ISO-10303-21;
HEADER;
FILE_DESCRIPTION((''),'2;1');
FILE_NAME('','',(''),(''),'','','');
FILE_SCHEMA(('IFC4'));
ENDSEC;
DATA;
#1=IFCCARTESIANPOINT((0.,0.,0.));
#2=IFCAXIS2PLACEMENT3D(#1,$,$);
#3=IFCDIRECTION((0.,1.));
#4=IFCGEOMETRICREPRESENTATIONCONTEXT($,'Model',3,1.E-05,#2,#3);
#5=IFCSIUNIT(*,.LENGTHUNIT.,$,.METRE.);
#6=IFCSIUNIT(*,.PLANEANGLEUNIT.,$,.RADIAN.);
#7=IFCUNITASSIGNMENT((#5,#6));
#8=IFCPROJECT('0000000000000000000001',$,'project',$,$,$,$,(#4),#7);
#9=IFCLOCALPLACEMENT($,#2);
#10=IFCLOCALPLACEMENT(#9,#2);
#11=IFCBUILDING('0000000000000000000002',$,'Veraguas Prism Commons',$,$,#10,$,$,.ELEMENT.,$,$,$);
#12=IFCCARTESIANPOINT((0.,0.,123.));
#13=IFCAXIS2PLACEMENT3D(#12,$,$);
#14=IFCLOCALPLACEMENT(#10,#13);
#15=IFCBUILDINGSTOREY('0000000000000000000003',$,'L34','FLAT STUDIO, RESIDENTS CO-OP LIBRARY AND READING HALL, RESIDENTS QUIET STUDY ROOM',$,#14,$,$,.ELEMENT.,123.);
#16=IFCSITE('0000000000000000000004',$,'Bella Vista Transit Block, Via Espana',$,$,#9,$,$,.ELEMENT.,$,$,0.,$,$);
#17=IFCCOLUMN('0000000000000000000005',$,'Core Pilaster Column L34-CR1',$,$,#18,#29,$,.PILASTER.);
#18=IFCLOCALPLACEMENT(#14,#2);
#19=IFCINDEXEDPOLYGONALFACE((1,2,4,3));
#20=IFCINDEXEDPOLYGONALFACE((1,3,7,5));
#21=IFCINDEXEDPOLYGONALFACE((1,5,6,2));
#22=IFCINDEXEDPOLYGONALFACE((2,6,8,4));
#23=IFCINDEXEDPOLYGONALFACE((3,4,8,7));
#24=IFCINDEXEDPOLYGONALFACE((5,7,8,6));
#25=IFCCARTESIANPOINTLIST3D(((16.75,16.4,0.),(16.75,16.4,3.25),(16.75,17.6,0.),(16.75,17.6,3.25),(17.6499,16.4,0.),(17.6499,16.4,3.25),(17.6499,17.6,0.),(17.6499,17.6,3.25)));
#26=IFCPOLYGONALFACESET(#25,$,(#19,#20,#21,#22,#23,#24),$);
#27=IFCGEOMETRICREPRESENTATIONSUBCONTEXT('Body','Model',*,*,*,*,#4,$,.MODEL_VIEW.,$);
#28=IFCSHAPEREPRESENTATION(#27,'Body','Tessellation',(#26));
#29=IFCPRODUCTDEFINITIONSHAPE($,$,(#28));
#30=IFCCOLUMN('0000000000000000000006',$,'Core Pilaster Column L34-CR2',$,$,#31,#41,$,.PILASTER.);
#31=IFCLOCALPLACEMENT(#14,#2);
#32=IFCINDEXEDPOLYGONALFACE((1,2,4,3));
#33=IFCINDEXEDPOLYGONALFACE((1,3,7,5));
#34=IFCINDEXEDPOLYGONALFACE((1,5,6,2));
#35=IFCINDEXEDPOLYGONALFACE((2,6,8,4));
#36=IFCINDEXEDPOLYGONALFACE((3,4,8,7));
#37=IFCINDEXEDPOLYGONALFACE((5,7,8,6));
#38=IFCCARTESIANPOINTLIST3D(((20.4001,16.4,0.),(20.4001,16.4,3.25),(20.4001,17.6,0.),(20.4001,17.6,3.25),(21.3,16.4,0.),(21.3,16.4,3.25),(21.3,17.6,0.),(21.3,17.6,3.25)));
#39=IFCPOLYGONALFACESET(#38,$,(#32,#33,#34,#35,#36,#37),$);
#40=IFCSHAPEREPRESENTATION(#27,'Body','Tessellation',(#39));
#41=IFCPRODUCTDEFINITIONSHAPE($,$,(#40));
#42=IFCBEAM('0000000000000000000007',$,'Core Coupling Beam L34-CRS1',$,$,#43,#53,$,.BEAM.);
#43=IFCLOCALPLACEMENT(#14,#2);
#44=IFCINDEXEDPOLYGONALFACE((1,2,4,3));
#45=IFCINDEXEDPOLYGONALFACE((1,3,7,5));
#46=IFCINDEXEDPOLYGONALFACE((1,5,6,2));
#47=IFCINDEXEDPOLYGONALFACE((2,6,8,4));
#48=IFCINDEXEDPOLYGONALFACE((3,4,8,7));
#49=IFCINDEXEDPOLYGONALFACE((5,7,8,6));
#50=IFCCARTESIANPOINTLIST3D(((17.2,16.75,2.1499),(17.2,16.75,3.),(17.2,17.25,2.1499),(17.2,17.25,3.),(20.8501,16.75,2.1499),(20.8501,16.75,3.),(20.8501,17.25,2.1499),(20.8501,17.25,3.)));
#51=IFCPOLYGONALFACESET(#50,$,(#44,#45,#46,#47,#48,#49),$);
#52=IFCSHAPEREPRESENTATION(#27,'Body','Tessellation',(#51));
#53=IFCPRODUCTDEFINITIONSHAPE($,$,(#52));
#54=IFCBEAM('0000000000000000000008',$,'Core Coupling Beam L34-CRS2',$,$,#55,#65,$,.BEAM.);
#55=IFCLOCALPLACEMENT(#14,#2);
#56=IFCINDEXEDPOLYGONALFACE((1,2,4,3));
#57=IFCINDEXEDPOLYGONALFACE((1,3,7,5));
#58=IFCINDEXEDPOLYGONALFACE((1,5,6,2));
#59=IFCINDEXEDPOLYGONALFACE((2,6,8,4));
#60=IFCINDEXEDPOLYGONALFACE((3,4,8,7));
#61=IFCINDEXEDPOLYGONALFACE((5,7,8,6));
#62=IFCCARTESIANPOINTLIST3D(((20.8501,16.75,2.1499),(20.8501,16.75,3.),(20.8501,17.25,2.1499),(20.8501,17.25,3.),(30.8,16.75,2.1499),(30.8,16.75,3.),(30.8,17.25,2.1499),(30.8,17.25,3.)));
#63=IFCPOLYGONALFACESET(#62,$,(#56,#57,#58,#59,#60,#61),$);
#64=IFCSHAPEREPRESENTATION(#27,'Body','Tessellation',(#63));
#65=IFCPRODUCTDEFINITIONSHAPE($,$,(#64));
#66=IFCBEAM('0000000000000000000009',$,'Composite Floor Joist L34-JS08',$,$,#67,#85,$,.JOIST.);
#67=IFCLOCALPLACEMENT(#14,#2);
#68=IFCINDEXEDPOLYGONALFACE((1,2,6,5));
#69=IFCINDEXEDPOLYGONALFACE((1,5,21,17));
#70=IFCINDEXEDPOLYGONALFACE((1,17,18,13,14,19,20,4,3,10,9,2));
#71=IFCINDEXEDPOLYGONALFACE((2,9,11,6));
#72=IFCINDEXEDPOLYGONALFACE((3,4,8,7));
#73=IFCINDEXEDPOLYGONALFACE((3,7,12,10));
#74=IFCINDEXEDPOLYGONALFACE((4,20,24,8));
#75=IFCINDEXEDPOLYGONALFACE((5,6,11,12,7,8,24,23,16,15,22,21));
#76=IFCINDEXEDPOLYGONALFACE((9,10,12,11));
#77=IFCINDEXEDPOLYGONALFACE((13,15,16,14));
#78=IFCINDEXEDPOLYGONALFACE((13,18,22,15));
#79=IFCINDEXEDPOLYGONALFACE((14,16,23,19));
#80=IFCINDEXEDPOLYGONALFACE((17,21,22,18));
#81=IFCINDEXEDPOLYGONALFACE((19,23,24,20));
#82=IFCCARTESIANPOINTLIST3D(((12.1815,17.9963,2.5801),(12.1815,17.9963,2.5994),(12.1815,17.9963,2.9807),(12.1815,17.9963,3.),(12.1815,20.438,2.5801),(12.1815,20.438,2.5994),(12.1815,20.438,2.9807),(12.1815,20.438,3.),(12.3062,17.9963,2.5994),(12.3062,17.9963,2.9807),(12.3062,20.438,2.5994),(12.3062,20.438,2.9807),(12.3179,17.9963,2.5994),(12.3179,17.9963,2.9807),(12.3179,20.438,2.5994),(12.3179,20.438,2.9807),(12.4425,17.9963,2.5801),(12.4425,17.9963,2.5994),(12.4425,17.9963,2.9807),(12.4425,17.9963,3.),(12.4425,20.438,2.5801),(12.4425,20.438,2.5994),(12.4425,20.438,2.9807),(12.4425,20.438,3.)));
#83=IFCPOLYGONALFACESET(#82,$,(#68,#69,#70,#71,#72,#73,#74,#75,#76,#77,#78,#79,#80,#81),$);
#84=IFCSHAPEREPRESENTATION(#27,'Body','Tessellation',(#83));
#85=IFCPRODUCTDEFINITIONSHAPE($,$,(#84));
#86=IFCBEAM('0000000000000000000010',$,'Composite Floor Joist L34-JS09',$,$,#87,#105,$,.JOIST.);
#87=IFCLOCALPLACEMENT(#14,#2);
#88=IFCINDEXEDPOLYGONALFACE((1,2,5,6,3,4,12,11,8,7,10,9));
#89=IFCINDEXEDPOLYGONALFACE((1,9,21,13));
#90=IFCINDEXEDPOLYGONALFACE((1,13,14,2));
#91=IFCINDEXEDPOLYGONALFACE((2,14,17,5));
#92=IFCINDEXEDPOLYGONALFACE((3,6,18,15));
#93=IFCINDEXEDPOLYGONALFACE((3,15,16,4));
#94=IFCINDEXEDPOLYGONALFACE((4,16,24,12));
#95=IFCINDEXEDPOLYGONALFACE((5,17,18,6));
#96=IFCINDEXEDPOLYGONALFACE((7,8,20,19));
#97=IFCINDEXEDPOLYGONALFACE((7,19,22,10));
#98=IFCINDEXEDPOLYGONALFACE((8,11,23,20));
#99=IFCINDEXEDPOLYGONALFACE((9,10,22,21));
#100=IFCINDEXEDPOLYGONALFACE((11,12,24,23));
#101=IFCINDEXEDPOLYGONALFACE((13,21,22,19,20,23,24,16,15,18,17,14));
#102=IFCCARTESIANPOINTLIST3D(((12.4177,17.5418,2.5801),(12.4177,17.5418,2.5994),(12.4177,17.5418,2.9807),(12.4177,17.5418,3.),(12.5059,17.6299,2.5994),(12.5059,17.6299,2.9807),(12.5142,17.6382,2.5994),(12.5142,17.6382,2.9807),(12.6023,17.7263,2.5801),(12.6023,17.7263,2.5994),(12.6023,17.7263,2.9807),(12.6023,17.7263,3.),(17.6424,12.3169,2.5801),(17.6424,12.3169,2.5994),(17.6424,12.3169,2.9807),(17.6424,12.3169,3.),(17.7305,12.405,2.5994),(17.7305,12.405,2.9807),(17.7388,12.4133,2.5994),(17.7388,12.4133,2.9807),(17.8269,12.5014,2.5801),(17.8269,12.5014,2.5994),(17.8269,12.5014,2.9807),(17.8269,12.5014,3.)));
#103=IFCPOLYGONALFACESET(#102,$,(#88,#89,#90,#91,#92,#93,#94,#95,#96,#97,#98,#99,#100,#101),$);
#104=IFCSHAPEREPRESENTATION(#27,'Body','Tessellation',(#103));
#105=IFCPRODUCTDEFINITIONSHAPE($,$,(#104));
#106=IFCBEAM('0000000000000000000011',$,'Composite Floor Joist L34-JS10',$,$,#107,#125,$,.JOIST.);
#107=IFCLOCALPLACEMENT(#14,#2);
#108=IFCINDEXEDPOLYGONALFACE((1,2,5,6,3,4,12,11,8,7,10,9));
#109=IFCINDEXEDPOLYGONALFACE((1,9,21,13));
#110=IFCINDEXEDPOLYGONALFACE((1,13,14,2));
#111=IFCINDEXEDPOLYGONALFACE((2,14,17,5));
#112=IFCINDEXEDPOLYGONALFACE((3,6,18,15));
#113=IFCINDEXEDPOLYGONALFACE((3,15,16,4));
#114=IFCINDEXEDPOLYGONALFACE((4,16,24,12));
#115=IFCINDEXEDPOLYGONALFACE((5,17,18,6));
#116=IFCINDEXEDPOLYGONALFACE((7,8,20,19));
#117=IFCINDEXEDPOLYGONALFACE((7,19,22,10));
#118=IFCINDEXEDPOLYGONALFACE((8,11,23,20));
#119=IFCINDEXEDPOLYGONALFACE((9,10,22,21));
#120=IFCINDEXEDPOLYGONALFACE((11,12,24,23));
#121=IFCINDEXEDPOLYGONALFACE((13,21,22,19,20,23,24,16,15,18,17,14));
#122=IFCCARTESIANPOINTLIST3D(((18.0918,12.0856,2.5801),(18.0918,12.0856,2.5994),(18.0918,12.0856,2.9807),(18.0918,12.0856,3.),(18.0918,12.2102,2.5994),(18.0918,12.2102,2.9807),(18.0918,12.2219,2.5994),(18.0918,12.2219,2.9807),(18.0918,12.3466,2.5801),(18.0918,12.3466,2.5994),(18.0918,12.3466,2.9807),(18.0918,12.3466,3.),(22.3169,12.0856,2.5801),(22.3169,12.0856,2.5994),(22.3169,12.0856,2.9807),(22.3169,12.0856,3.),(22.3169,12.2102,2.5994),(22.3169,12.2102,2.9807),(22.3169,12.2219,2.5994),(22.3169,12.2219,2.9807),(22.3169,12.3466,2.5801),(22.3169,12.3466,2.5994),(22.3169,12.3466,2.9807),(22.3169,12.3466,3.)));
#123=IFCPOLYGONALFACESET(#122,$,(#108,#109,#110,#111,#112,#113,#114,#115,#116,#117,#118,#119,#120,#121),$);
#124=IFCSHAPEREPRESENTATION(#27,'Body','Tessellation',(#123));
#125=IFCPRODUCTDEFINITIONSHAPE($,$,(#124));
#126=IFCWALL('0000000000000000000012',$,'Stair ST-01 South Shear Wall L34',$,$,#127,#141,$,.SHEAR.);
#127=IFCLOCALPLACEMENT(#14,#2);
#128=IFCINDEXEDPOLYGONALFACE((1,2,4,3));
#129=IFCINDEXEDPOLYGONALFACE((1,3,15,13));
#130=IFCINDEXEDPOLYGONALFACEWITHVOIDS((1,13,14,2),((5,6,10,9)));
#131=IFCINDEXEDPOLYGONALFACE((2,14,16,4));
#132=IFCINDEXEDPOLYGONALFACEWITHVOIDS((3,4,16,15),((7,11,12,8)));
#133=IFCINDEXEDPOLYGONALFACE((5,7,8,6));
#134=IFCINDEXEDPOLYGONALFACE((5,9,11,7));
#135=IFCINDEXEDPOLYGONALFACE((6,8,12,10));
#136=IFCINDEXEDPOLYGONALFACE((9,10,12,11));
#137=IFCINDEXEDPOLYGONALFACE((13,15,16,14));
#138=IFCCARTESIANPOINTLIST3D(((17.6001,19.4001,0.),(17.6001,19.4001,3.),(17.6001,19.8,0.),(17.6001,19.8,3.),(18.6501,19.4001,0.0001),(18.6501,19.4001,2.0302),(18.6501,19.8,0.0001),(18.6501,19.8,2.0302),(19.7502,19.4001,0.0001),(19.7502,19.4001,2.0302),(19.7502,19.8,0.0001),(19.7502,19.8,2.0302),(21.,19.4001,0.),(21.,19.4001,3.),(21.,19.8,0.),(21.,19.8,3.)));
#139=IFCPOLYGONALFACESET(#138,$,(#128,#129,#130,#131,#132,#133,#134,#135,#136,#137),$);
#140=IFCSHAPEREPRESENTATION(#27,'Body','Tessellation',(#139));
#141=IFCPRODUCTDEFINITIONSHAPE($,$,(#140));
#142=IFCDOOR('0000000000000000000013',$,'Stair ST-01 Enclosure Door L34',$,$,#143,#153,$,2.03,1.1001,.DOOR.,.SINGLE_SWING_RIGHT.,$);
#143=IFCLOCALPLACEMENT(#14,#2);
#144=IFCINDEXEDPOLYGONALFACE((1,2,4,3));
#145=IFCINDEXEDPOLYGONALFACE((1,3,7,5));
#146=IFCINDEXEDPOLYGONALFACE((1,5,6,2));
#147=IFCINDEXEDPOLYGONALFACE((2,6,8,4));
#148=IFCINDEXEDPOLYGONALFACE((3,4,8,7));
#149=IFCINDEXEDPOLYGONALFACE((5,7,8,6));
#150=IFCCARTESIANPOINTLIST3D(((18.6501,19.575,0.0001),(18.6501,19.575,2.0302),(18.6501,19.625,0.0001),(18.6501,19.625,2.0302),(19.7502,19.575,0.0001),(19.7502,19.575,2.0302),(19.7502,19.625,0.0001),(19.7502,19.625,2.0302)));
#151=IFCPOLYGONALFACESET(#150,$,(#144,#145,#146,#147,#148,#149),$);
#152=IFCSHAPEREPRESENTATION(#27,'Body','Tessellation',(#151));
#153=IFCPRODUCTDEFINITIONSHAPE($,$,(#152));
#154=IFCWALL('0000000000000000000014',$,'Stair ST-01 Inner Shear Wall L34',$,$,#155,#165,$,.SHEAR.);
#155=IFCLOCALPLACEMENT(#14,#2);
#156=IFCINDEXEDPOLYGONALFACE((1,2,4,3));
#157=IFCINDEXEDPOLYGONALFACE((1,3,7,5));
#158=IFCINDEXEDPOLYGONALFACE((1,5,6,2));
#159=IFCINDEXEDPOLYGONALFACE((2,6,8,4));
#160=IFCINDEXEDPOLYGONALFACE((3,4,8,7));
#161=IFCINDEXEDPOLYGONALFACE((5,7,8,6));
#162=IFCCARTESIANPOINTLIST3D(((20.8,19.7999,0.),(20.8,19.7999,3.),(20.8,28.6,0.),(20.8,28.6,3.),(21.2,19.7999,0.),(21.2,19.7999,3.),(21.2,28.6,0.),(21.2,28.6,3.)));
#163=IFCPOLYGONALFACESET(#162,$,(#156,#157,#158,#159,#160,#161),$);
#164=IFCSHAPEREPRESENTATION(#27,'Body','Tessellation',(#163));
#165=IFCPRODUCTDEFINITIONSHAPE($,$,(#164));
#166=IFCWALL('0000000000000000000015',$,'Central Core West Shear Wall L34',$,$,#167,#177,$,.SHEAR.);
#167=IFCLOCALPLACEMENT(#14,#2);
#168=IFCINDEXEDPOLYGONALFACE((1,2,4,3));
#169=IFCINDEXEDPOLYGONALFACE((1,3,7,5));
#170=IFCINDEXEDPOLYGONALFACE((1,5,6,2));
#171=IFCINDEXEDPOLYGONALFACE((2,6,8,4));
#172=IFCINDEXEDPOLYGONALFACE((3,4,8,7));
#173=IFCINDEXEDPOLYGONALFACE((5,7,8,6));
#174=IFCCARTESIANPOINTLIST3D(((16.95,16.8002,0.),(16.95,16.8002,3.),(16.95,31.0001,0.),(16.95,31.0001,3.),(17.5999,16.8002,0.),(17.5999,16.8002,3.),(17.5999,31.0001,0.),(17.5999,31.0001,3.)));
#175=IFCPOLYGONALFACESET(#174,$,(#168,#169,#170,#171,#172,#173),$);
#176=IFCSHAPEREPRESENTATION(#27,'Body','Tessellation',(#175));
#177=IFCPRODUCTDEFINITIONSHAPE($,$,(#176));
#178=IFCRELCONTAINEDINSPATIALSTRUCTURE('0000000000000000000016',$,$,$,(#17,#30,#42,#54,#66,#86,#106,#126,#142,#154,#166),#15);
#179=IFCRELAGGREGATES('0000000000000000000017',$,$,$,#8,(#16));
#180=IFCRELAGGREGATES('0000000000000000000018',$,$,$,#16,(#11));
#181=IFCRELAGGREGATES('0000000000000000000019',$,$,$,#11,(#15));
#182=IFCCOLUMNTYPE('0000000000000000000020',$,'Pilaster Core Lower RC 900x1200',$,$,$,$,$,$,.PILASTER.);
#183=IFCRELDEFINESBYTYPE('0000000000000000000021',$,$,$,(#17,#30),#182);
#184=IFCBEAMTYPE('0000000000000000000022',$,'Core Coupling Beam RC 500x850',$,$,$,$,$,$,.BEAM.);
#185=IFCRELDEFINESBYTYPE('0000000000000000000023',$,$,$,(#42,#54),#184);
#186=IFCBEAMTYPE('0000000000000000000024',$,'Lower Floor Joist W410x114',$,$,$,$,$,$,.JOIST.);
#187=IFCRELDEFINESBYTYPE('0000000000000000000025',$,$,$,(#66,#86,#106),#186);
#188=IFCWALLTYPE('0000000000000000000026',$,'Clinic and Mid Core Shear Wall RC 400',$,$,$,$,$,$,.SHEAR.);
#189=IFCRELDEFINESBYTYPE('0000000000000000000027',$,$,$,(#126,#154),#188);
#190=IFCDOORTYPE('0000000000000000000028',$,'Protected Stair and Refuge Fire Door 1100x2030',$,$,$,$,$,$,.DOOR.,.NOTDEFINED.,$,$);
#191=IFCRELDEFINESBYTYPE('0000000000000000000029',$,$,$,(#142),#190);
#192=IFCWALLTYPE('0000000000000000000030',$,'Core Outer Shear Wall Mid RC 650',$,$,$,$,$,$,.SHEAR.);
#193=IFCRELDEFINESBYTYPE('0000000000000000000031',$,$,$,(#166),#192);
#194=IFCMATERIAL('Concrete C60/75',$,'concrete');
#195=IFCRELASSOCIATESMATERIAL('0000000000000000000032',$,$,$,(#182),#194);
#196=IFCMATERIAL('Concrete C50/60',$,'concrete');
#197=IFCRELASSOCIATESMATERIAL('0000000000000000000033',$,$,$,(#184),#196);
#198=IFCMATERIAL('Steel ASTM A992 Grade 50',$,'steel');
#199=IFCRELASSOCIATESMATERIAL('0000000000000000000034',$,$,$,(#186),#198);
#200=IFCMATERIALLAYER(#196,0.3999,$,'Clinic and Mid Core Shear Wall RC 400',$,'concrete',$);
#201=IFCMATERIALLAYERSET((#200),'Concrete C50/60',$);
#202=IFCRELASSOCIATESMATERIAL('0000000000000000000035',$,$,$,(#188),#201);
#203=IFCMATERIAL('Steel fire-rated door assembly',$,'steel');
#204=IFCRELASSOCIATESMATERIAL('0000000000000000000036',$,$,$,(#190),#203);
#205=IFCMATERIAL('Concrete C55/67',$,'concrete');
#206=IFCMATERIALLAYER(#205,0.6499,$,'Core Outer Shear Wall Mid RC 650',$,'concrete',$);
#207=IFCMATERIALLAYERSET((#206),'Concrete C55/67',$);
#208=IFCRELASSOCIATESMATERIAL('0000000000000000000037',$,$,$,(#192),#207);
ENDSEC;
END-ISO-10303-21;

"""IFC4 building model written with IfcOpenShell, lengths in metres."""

from ifc_helpers import new_model, si_unit, direction, frame, frame_2d, origin, origin_2d, place, context, subcontext, project, spatial, rectangle, i_section, extrude, source, transform, mapped, material, layer, layer_set, material_profile, profile_set, type_object, element, fill, save


model = new_model("IFC4")

# Units and contexts
model_context = context("Model", 3, precision=1e-05, world=origin(), true_north=direction((0.0, 1.0)))
body_context = subcontext(model_context, "Body", "Model", "MODEL_VIEW")
ifc_project = project(units=[si_unit("LENGTHUNIT", "METRE"), si_unit("PLANEANGLEUNIT", "RADIAN")], contexts=[model_context])

# Site, building, storey
site_placement = place(None, origin())
site = spatial("IfcSite", under=ifc_project, at=site_placement, Name="Bella Vista Transit Block, Via Espana", CompositionType="ELEMENT", RefElevation=0.0)
building_placement = place(site_placement, origin())
building = spatial("IfcBuilding", under=site, at=building_placement, Name="Veraguas Prism Commons", CompositionType="ELEMENT")
storey_placement = place(building_placement, frame((0.0, 0.0, 123.0)))
storey = spatial("IfcBuildingStorey", under=building, at=storey_placement, Name="L34", Description="FLAT STUDIO, RESIDENTS CO-OP LIBRARY AND READING HALL, RESIDENTS QUIET STUDY ROOM", CompositionType="ELEMENT", Elevation=123.0)

# Columns
ifc_material_1 = material(Name="Concrete C60/75", Category="concrete")
ifc_material_profile_1 = material_profile(ifc_material_1, rectangle(XDim=0.8999, YDim=1.2, at=origin_2d()), Name="RC900X1200")
ifc_profile_set_1 = profile_set([ifc_material_profile_1], Name="Concrete C60/75")
column_type = type_object("IfcColumnType", Name="Pilaster Core Lower RC 900x1200", PredefinedType="PILASTER", material=ifc_profile_set_1)
for number, where, z_axis, x_axis, name in (
    (1, (17.2, 17.0, 0.0), (0.0, 0.0, 1.0), (1.0, 0.0, 0.0), "Core Pilaster Column L34-CR1"),
    (2, (20.8501, 17.0, 0.0), (0.0, 0.0, 1.0), (1.0, 0.0, 0.0), "Core Pilaster Column L34-CR2"),
):
    element("IfcColumn", number, at=place(storey_placement, frame(where, z_axis=z_axis, x_axis=x_axis)), inside=storey, type_object=column_type, Name=name, PredefinedType="PILASTER", context=body_context, shape_type="SweptSolid", body=[
        extrude(rectangle(XDim=0.8999, YDim=1.2, at=origin_2d()), origin(), (0.0, 0.0, 1.0), 3.25),
    ])

# Beams
ifc_material_2 = material(Name="Concrete C50/60", Category="concrete")
ifc_material_profile_2 = material_profile(ifc_material_2, rectangle(XDim=0.5, YDim=0.8501, at=origin_2d()), Name="RC500X850")
ifc_profile_set_2 = profile_set([ifc_material_profile_2], Name="Concrete C50/60")
beam_type_1 = type_object("IfcBeamType", Name="Core Coupling Beam RC 500x850", PredefinedType="BEAM", material=ifc_profile_set_2)
beam_1_placement = place(storey_placement, frame((17.2, 17.0, 2.575), z_axis=(1.0, 0.0, 0.0), x_axis=(0.0, 1.0, 0.0)))
element("IfcBeam", 3, at=beam_1_placement, inside=storey, type_object=beam_type_1, Name="Core Coupling Beam L34-CRS1", PredefinedType="BEAM", context=body_context, shape_type="SweptSolid", body=[
    extrude(rectangle(XDim=0.5, YDim=0.8501, at=origin_2d()), origin(), (0.0, 0.0, 1.0), 3.6501),
])
beam_2_placement = place(storey_placement, frame((20.8501, 17.0, 2.575), z_axis=(1.0, 0.0, 0.0), x_axis=(0.0, 1.0, 0.0)))
element("IfcBeam", 4, at=beam_2_placement, inside=storey, type_object=beam_type_1, Name="Core Coupling Beam L34-CRS2", PredefinedType="BEAM", context=body_context, shape_type="SweptSolid", body=[
    extrude(rectangle(XDim=0.5, YDim=0.8501, at=origin_2d()), origin(), (0.0, 0.0, 1.0), 9.95),
])
ifc_material_3 = material(Name="Steel ASTM A992 Grade 50", Category="steel")
ifc_material_profile_3 = material_profile(ifc_material_3, i_section(OverallWidth=0.261, OverallDepth=0.4199, WebThickness=0.0117, FlangeThickness=0.0193, at=origin_2d()), Name="W410X114")
ifc_profile_set_3 = profile_set([ifc_material_profile_3], Name="Steel ASTM A992 Grade 50")
beam_type_2 = type_object("IfcBeamType", Name="Lower Floor Joist W410x114", PredefinedType="JOIST", material=ifc_profile_set_3)
beam_3_placement = place(storey_placement, frame((12.312, 20.438, 2.79), z_axis=(0.0, -1.0, 0.0), x_axis=(1.0, 0.0, 0.0)))
element("IfcBeam", 5, at=beam_3_placement, inside=storey, type_object=beam_type_2, Name="Composite Floor Joist L34-JS08", PredefinedType="JOIST", context=body_context, shape_type="SweptSolid", body=[
    extrude(i_section(OverallWidth=0.261, OverallDepth=0.4199, WebThickness=0.0117, FlangeThickness=0.0193, at=origin_2d()), origin(), (0.0, 0.0, 1.0), 2.4417),
])
beam_4_placement = place(storey_placement, frame((12.51, 17.634, 2.79), z_axis=(0.70709, -0.707123, 0.0), x_axis=(0.707123, 0.70709, 0.0)))
element("IfcBeam", 6, at=beam_4_placement, inside=storey, type_object=beam_type_2, Name="Composite Floor Joist L34-JS09", PredefinedType="JOIST", context=body_context, shape_type="SweptSolid", body=[
    extrude(i_section(OverallWidth=0.261, OverallDepth=0.4199, WebThickness=0.0117, FlangeThickness=0.0193, at=origin_2d()), origin(), (0.0, 0.0, 1.0), 7.3889),
])
beam_5_placement = place(storey_placement, frame((18.0918, 12.2161, 2.79), z_axis=(1.0, 0.0, 0.0), x_axis=(0.0, 1.0, 0.0)))
element("IfcBeam", 7, at=beam_5_placement, inside=storey, type_object=beam_type_2, Name="Composite Floor Joist L34-JS10", PredefinedType="JOIST", context=body_context, shape_type="SweptSolid", body=[
    extrude(i_section(OverallWidth=0.261, OverallDepth=0.4199, WebThickness=0.0117, FlangeThickness=0.0193, at=origin_2d()), origin(), (0.0, 0.0, 1.0), 4.2251),
])

# Wall, opening, door
ifc_layer_1 = layer(ifc_material_2, 0.3999, Name="Clinic and Mid Core Shear Wall RC 400", Category="concrete")
ifc_layer_set_1 = layer_set([ifc_layer_1], Name="Concrete C50/60")
wall_type_1 = type_object("IfcWallType", Name="Clinic and Mid Core Shear Wall RC 400", PredefinedType="SHEAR", material=ifc_layer_set_1)
wall_1_placement = place(storey_placement, frame((17.6001, 19.6001, 0.0), z_axis=(0.0, 0.0, 1.0), x_axis=(1.0, 0.0, 0.0)))
wall_1 = element("IfcWall", 8, at=wall_1_placement, inside=storey, type_object=wall_type_1, Name="Stair ST-01 South Shear Wall L34", PredefinedType="SHEAR", context=body_context, shape_type="SweptSolid", body=[
    extrude(rectangle(XDim=3.3999, YDim=0.3999, at=frame_2d((1.7, 0.0))), origin(), (0.0, 0.0, 1.0), 3.0),
])
opening_1_placement = place(wall_1_placement, frame((1.05, 0.0, 0.0)))
opening_1 = element("IfcOpeningElement", 9, at=opening_1_placement, cuts=wall_1, PredefinedType="OPENING", context=body_context, shape_type="SweptSolid", body=[
    extrude(rectangle(XDim=1.1001, YDim=2.03, at=frame_2d((0.55, 1.0151))), frame((0.0, 0.21, 0.0), z_axis=(0.0, -1.0, 0.0), x_axis=(1.0, 0.0, 0.0)), (0.0, 0.0, 1.0), 0.4199),
])
ifc_material_4 = material(Name="Steel fire-rated door assembly", Category="steel")
door_type_1 = type_object("IfcDoorType", Name="Protected Stair and Refuge Fire Door 1100x2030", OperationType="NOTDEFINED", PredefinedType="DOOR", material=ifc_material_4)
shared_shape_1 = source(origin(), body_context, "Body", "SweptSolid", [
    extrude(rectangle(XDim=1.1001, YDim=2.03, at=frame_2d((0.55, 1.0151))), frame((0.0, 0.0249, 0.0), z_axis=(0.0, -1.0, 0.0), x_axis=(1.0, 0.0, 0.0)), (0.0, 0.0, 1.0), 0.05),
])
door_1_placement = place(opening_1_placement, origin())
door_1 = element("IfcDoor", 10, at=door_1_placement, inside=storey, type_object=door_type_1, Name="Stair ST-01 Enclosure Door L34", OperationType="SINGLE_SWING_RIGHT", OverallHeight=2.03, OverallWidth=1.1001, PredefinedType="DOOR", context=body_context, shape_type="MappedRepresentation", body=[
    mapped(shared_shape_1, transform((0.0, 0.0, 0.0), scale=1.0)),
])
fill(opening_1, door_1)

# Walls
wall_2_placement = place(storey_placement, frame((21.0, 19.8, 0.0), z_axis=(0.0, 0.0, 1.0), x_axis=(0.0, 1.0, 0.0)))
element("IfcWall", 11, at=wall_2_placement, inside=storey, type_object=wall_type_1, Name="Stair ST-01 Inner Shear Wall L34", PredefinedType="SHEAR", context=body_context, shape_type="SweptSolid", body=[
    extrude(rectangle(XDim=8.8, YDim=0.3999, at=frame_2d((4.3999, 0.0))), origin(), (0.0, 0.0, 1.0), 3.0),
])
ifc_material_5 = material(Name="Concrete C55/67", Category="concrete")
ifc_layer_2 = layer(ifc_material_5, 0.6499, Name="Core Outer Shear Wall Mid RC 650", Category="concrete")
ifc_layer_set_2 = layer_set([ifc_layer_2], Name="Concrete C55/67")
wall_type_2 = type_object("IfcWallType", Name="Core Outer Shear Wall Mid RC 650", PredefinedType="SHEAR", material=ifc_layer_set_2)
wall_3_placement = place(storey_placement, frame((17.2749, 16.8, 0.0), z_axis=(0.0, 0.0, 1.0), x_axis=(0.0, 1.0, 0.0)))
element("IfcWall", 12, at=wall_3_placement, inside=storey, type_object=wall_type_2, Name="Central Core West Shear Wall L34", PredefinedType="SHEAR", context=body_context, shape_type="SweptSolid", body=[
    extrude(rectangle(XDim=14.2, YDim=0.6499, at=frame_2d((7.1001, 0.0))), origin(), (0.0, 0.0, 1.0), 3.0),
])

save(model, "model.ifc")
